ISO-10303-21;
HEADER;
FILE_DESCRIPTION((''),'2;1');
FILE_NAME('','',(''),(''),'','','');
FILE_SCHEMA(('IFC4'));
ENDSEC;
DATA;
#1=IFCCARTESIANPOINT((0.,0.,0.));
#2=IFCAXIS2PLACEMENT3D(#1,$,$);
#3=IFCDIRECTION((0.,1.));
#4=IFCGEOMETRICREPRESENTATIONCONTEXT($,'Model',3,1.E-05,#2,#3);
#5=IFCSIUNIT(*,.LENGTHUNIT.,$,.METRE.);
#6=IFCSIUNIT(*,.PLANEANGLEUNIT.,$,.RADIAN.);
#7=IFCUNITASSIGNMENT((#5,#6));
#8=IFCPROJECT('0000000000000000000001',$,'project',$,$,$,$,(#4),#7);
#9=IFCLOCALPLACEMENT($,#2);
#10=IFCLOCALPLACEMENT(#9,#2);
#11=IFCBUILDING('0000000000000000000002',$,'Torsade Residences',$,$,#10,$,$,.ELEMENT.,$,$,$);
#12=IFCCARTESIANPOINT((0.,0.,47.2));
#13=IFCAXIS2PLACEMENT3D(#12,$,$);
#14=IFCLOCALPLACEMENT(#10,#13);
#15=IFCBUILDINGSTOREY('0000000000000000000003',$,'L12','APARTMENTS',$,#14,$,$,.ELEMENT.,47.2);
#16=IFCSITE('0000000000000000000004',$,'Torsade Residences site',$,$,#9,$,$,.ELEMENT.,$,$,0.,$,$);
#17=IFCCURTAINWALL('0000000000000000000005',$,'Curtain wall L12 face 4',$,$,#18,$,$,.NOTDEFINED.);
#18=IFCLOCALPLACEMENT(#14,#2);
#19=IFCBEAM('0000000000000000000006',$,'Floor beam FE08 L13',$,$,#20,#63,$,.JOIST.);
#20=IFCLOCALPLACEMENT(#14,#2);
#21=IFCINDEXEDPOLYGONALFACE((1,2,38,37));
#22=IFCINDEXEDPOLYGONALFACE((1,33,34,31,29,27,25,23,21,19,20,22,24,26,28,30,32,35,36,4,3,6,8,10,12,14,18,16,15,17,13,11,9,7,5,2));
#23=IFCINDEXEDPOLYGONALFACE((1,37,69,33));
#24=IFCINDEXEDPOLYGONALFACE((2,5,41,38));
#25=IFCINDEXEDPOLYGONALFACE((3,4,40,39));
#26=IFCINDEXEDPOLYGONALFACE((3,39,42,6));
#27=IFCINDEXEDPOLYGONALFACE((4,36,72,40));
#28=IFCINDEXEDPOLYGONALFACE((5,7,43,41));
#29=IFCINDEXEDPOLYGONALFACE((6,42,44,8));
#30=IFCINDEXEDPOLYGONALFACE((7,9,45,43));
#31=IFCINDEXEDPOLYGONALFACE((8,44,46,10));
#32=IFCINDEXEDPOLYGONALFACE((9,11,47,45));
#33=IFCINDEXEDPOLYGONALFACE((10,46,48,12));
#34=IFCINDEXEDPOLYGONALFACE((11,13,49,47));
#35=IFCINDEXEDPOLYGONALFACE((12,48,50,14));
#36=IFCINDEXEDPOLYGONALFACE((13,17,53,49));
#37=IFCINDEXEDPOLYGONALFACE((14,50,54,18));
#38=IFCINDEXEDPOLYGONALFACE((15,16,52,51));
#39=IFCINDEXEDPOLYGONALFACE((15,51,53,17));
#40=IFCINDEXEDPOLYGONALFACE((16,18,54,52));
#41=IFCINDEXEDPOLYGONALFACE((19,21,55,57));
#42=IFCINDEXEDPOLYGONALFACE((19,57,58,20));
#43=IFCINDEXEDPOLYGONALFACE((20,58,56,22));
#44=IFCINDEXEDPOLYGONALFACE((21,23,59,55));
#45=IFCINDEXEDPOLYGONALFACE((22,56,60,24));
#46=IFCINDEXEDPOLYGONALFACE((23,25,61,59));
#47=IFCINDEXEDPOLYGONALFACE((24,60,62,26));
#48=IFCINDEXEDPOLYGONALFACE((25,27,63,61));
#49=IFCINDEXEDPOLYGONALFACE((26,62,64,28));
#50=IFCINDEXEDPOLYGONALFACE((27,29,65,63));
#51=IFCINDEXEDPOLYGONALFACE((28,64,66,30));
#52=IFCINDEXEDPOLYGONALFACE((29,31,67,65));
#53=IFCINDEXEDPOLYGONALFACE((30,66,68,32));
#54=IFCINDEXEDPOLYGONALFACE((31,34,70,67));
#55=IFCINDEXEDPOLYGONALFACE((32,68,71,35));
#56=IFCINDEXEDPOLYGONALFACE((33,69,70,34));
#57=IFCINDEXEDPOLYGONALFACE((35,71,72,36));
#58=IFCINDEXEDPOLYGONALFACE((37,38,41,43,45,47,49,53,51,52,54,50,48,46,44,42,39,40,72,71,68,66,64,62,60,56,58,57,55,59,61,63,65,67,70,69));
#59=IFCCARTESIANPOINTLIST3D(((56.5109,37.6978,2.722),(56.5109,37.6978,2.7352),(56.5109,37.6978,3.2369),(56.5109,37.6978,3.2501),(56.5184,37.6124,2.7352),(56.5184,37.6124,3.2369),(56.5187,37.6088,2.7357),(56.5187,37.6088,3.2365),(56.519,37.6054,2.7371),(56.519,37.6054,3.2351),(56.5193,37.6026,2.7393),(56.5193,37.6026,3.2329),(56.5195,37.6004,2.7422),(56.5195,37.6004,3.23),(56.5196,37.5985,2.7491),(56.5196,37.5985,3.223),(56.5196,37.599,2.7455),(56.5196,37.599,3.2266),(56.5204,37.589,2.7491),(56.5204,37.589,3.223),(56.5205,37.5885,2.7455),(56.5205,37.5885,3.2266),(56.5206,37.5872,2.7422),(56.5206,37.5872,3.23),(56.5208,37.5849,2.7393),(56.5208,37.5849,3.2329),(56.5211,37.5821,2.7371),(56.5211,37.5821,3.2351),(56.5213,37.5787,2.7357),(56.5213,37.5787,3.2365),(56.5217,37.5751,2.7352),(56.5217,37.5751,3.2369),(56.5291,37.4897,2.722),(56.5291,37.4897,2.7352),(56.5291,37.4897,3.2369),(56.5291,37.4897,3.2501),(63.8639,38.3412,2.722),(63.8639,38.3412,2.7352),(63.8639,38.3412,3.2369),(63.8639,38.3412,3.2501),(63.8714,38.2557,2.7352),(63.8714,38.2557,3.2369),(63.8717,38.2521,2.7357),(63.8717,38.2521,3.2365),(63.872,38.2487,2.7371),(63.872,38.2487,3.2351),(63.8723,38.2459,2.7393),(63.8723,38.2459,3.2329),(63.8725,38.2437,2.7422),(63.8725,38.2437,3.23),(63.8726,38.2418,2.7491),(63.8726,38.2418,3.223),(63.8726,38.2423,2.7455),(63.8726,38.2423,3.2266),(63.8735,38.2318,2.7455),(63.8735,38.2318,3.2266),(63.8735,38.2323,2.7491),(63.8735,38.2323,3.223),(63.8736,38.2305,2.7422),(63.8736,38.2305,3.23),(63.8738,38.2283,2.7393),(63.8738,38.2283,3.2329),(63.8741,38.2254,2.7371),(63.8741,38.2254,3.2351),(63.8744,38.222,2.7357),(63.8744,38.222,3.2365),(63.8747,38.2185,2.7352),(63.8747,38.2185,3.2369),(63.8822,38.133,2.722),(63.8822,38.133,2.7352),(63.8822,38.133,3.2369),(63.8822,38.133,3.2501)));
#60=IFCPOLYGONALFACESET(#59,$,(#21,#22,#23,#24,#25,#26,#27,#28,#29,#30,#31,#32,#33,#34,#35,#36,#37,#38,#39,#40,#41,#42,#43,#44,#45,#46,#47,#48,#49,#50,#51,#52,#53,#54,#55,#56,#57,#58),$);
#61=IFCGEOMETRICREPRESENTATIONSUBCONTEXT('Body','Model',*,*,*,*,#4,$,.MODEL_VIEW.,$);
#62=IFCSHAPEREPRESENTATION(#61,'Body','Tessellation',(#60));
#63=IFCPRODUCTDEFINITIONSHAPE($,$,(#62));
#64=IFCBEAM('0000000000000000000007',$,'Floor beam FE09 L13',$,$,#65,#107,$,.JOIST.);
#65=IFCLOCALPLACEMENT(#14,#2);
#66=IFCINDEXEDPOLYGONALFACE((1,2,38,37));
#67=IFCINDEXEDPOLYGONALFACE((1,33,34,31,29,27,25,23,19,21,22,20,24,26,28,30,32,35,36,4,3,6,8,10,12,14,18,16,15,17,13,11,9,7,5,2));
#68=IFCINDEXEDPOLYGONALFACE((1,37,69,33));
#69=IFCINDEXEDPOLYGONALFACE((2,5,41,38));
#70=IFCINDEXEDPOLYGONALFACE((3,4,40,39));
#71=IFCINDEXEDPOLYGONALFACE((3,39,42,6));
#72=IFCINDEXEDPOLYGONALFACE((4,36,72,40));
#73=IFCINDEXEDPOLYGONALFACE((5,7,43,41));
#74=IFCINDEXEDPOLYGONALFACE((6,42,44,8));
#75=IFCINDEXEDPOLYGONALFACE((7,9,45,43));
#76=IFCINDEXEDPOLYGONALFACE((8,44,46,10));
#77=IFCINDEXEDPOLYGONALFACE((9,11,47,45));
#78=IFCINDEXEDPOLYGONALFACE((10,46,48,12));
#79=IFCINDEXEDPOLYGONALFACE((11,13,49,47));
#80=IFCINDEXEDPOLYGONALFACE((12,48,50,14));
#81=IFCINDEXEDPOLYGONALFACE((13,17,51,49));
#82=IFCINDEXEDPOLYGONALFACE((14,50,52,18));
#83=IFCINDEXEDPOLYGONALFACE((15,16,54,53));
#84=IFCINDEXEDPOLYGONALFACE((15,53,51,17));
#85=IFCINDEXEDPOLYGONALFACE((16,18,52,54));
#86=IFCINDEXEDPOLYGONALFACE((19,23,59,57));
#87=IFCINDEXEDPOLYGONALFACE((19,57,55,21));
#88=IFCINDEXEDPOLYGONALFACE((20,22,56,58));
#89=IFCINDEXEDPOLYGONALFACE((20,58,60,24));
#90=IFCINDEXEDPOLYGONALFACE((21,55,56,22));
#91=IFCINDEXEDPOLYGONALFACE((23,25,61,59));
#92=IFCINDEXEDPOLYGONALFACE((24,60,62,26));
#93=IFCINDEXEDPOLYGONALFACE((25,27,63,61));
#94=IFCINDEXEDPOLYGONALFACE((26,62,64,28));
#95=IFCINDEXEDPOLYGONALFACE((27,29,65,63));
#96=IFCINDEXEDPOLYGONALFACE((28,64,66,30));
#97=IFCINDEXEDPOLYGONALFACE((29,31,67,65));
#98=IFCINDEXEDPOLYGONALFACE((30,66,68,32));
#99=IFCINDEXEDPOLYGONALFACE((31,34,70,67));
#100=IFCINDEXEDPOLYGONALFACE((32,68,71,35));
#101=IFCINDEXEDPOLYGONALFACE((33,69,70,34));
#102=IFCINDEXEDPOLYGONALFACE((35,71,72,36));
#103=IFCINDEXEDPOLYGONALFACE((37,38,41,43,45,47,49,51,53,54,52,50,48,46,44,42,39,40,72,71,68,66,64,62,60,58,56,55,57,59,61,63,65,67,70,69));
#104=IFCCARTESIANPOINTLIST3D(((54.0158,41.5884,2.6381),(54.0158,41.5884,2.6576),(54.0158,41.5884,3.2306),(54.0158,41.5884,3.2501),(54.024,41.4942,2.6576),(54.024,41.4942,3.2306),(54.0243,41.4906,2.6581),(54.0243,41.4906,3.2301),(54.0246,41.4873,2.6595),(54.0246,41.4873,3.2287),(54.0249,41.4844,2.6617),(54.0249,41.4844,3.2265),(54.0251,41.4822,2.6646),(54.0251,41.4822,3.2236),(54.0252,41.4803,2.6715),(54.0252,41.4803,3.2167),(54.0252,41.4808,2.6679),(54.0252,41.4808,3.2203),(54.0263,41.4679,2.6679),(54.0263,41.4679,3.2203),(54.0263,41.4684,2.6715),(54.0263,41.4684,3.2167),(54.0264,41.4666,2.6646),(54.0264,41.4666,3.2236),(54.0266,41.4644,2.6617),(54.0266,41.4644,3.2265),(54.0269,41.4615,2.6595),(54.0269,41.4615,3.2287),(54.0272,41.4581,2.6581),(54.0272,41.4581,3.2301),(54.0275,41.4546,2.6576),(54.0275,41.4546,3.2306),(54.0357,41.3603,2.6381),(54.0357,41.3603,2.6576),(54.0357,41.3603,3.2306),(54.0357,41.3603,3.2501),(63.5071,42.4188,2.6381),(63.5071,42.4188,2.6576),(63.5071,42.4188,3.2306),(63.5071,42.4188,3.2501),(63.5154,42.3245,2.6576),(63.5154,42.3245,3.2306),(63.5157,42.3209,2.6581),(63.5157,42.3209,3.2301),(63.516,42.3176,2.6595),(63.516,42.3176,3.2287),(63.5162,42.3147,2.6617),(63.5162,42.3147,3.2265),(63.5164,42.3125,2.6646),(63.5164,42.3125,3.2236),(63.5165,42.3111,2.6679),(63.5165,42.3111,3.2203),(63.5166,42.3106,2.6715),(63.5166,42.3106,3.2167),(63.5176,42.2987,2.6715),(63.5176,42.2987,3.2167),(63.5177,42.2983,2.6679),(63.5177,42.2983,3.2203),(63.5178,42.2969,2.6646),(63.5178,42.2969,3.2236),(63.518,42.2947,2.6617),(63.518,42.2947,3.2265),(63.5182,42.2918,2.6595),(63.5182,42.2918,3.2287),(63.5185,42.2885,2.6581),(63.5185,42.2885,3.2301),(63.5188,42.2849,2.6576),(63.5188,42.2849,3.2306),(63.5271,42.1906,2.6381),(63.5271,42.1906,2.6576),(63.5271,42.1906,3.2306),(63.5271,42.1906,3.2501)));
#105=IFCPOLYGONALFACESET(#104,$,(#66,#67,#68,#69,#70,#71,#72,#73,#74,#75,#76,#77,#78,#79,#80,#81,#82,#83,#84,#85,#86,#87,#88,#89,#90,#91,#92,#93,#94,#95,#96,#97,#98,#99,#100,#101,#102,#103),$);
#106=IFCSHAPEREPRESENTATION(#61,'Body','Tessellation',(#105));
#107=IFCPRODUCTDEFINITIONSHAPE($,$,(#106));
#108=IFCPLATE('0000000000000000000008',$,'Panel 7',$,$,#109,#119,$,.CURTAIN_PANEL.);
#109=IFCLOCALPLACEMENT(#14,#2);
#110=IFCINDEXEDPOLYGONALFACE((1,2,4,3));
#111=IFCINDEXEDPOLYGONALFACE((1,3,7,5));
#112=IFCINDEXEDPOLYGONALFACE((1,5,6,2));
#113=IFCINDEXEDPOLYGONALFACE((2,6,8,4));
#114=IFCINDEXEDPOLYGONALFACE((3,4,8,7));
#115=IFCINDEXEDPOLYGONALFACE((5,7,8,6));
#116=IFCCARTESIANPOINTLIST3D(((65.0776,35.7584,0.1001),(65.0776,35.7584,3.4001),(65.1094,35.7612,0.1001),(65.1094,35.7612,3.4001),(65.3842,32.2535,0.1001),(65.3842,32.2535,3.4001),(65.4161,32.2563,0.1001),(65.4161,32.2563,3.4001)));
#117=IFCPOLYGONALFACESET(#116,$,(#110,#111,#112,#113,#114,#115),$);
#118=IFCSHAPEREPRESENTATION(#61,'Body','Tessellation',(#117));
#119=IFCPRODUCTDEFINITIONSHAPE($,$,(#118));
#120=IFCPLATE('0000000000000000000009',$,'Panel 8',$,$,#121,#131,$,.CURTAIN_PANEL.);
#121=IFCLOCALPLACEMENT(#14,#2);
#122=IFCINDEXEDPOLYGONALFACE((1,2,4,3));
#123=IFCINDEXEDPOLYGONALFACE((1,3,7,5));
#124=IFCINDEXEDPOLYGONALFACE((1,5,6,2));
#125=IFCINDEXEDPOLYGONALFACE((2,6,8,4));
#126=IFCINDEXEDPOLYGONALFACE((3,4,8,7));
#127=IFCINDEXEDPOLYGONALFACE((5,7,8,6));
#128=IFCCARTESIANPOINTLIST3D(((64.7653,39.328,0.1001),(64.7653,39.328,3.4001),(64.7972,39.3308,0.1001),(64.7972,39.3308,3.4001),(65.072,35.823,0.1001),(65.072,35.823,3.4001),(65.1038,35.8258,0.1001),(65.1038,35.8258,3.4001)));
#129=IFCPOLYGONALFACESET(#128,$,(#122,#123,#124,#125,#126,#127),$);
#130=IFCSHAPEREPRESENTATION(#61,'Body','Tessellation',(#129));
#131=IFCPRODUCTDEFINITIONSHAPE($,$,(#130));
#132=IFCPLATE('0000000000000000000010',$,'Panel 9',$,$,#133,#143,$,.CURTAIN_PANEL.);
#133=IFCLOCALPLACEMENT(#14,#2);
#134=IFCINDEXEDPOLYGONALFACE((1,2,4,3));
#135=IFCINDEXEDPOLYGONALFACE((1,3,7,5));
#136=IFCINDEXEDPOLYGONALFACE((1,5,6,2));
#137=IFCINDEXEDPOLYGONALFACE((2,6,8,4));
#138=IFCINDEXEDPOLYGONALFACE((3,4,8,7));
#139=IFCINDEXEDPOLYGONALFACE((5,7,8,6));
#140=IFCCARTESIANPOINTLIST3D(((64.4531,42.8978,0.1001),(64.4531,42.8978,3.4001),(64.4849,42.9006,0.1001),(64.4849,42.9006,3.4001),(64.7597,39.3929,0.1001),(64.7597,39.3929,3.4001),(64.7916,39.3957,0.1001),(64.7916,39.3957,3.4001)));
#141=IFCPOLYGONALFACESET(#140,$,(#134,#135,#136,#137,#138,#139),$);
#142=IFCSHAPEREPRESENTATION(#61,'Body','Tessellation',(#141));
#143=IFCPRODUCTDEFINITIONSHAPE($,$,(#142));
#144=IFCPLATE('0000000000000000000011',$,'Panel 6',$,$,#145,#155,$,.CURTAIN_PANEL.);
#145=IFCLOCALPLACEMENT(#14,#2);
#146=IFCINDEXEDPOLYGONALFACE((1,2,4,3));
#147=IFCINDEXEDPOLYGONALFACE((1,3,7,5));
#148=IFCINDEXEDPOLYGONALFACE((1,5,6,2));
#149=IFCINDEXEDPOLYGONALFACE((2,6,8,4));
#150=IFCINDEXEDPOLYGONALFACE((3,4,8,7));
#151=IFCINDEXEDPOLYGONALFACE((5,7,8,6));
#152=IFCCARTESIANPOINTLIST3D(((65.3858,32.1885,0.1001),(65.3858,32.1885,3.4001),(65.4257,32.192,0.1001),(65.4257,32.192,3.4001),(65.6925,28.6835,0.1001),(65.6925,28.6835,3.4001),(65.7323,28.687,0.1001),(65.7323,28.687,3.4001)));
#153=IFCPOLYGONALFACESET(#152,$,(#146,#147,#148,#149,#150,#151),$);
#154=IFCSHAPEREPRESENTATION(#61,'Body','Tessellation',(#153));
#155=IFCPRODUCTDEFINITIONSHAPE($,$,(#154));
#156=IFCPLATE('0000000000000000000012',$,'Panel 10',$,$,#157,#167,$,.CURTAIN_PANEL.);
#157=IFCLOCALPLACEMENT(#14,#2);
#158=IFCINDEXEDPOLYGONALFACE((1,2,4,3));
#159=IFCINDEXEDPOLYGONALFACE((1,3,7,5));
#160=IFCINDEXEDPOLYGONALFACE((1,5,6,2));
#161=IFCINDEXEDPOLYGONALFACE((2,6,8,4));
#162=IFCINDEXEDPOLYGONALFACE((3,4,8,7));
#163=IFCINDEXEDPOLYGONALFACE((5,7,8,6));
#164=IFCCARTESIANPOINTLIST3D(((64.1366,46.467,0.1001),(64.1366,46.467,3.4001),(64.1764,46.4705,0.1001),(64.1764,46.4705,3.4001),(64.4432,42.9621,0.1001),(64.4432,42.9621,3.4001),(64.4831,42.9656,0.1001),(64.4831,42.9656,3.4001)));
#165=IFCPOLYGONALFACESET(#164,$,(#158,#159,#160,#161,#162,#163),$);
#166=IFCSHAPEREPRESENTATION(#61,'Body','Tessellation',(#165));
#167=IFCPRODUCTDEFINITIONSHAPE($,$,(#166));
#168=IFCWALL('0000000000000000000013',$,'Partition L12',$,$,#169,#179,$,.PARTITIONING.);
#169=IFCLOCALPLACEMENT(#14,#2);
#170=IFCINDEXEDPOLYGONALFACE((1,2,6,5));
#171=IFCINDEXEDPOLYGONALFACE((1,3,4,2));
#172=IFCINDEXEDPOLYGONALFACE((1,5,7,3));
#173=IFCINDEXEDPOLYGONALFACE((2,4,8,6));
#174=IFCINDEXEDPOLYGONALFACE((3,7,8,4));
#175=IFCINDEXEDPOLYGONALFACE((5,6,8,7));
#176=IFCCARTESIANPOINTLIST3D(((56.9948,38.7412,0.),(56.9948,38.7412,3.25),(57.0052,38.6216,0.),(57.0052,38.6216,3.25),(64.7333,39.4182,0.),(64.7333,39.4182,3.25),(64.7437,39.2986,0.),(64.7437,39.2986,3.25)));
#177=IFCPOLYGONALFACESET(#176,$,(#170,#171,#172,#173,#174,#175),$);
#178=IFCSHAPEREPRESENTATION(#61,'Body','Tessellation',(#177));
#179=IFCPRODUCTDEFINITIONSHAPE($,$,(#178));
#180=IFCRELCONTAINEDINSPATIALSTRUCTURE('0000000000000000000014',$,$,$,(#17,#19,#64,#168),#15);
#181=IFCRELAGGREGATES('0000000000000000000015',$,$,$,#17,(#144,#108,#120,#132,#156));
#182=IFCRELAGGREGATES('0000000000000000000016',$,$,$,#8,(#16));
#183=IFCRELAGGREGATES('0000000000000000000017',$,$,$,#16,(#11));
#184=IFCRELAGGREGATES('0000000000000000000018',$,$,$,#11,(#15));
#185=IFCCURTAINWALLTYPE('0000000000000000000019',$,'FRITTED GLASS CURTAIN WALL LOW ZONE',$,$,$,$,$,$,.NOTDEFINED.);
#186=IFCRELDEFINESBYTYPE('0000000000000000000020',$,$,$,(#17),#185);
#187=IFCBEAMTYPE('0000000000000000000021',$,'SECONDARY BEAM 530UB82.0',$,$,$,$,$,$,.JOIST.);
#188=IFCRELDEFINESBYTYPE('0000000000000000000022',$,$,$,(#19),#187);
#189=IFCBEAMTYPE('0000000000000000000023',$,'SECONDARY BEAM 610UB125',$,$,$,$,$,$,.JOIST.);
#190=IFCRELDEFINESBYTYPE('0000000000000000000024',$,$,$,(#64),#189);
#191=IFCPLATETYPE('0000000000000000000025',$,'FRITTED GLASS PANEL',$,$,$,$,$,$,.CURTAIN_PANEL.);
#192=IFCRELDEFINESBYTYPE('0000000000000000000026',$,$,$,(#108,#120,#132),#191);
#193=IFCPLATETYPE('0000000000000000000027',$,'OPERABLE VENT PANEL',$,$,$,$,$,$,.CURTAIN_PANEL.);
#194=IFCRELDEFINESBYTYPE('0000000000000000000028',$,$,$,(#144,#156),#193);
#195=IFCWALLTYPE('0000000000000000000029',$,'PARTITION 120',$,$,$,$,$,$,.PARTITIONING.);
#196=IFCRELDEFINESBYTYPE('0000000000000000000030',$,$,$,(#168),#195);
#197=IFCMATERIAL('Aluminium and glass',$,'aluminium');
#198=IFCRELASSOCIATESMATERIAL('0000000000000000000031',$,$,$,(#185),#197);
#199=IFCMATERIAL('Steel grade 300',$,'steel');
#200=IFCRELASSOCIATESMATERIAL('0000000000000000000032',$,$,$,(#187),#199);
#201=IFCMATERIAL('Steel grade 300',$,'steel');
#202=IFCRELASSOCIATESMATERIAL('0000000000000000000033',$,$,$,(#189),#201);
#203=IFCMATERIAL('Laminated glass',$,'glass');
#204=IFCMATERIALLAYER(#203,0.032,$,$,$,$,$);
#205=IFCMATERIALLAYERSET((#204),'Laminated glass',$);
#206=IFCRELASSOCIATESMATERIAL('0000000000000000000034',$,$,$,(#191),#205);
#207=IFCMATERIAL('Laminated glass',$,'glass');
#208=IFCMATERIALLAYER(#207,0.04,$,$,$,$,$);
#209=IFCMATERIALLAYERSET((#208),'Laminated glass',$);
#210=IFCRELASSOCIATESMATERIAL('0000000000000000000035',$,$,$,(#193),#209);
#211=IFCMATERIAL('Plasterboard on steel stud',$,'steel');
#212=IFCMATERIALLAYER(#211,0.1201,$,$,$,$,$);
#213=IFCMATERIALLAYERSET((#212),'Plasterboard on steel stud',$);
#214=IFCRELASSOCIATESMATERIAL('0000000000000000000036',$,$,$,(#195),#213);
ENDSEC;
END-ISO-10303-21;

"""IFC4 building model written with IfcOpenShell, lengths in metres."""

from ifc_helpers import new_model, si_unit, direction, frame, frame_2d, origin, origin_2d, place, context, subcontext, project, spatial, rectangle, i_section, extrude, material, layer, layer_set, material_profile, profile_set, type_object, element, aggregate, save


model = new_model("IFC4")

# Units and contexts
model_context = context("Model", 3, precision=1e-05, world=origin(), true_north=direction((0.0, 1.0)))
body_context = subcontext(model_context, "Body", "Model", "MODEL_VIEW")
ifc_project = project(units=[si_unit("LENGTHUNIT", "METRE"), si_unit("PLANEANGLEUNIT", "RADIAN")], contexts=[model_context])

# Site, building, storey
site_placement = place(None, origin())
site = spatial("IfcSite", under=ifc_project, at=site_placement, Name="Torsade Residences site", CompositionType="ELEMENT", RefElevation=0.0)
building_placement = place(site_placement, origin())
building = spatial("IfcBuilding", under=site, at=building_placement, Name="Torsade Residences", CompositionType="ELEMENT")
storey_placement = place(building_placement, frame((0.0, 0.0, 47.2)))
storey = spatial("IfcBuildingStorey", under=building, at=storey_placement, Name="L12", Description="APARTMENTS", CompositionType="ELEMENT", Elevation=47.2)

# Curtain wall
ifc_material_1 = material(Name="Aluminium and glass", Category="aluminium")
curtain_wall_type = type_object("IfcCurtainWallType", Name="FRITTED GLASS CURTAIN WALL LOW ZONE", PredefinedType="NOTDEFINED", material=ifc_material_1)
curtain_wall_placement = place(storey_placement, origin())
curtain_wall = element("IfcCurtainWall", 1, at=curtain_wall_placement, inside=storey, type_object=curtain_wall_type, Name="Curtain wall L12 face 4", PredefinedType="NOTDEFINED")

# Beams
ifc_material_2 = material(Name="Steel grade 300", Category="steel")
ifc_material_profile_1 = material_profile(ifc_material_2, i_section(OverallWidth=0.209, OverallDepth=0.5281, WebThickness=0.0095, FlangeThickness=0.0132, FilletRadius=0.0139, at=origin_2d()), Name="530UB82.0")
ifc_profile_set_1 = profile_set([ifc_material_profile_1], Name="Steel grade 300")
beam_type_1 = type_object("IfcBeamType", Name="SECONDARY BEAM 530UB82.0", PredefinedType="JOIST", material=ifc_profile_set_1)
beam_1_placement = place(storey_placement, frame((63.873, 38.2371, 2.9861), z_axis=(-0.996195, -0.087156, 0.0), x_axis=(0.087156, -0.996195, 0.0)))
element("IfcBeam", 2, at=beam_1_placement, inside=storey, type_object=beam_type_1, Name="Floor beam FE08 L13", PredefinedType="JOIST", context=body_context, shape_type="SweptSolid", body=[
    extrude(i_section(OverallWidth=0.209, OverallDepth=0.5281, WebThickness=0.0095, FlangeThickness=0.0132, FilletRadius=0.0139, at=origin_2d()), origin(), (0.0, 0.0, 1.0), 7.3811),
])
ifc_material_3 = material(Name="Steel grade 300", Category="steel")
ifc_material_profile_2 = material_profile(ifc_material_3, i_section(OverallWidth=0.229, OverallDepth=0.6121, WebThickness=0.012, FlangeThickness=0.0195, FilletRadius=0.0139, at=origin_2d()), Name="610UB125")
ifc_profile_set_2 = profile_set([ifc_material_profile_2], Name="Steel grade 300")
beam_type_2 = type_object("IfcBeamType", Name="SECONDARY BEAM 610UB125", PredefinedType="JOIST", material=ifc_profile_set_2)
beam_2_placement = place(storey_placement, frame((63.5171, 42.3047, 2.9441), z_axis=(-0.996195, -0.087148, 0.0), x_axis=(0.087148, -0.996195, 0.0)))
element("IfcBeam", 3, at=beam_2_placement, inside=storey, type_object=beam_type_2, Name="Floor beam FE09 L13", PredefinedType="JOIST", context=body_context, shape_type="SweptSolid", body=[
    extrude(i_section(OverallWidth=0.229, OverallDepth=0.6121, WebThickness=0.012, FlangeThickness=0.0195, FilletRadius=0.0139, at=origin_2d()), origin(), (0.0, 0.0, 1.0), 9.5276),
])

# Plates
ifc_material_4 = material(Name="Laminated glass", Category="glass")
ifc_layer_1 = layer(ifc_material_4, 0.032)
ifc_layer_set_1 = layer_set([ifc_layer_1], Name="Laminated glass")
plate_type_1 = type_object("IfcPlateType", Name="FRITTED GLASS PANEL", PredefinedType="CURTAIN_PANEL", material=ifc_layer_set_1)
plate_1_placement = place(storey_placement, frame((65.2468, 34.0073, 0.1001), z_axis=(0.0, 0.0, 1.0), x_axis=(-0.087156, 0.996195, 0.0)))
plate_1 = element("IfcPlate", 4, at=plate_1_placement, type_object=plate_type_1, Name="Panel 7", PredefinedType="CURTAIN_PANEL", context=body_context, shape_type="SweptSolid", body=[
    extrude(rectangle(XDim=3.5183, YDim=0.032, at=origin_2d()), origin(), (0.0, 0.0, 1.0), 3.3),
])
plate_2_placement = place(storey_placement, frame((64.9346, 37.5769, 0.1001), z_axis=(0.0, 0.0, 1.0), x_axis=(-0.087156, 0.996195, 0.0)))
plate_2 = element("IfcPlate", 5, at=plate_2_placement, type_object=plate_type_1, Name="Panel 8", PredefinedType="CURTAIN_PANEL", context=body_context, shape_type="SweptSolid", body=[
    extrude(rectangle(XDim=3.5183, YDim=0.032, at=origin_2d()), origin(), (0.0, 0.0, 1.0), 3.3),
])
plate_3_placement = place(storey_placement, frame((64.6223, 41.1467, 0.1001), z_axis=(0.0, 0.0, 1.0), x_axis=(-0.087156, 0.996195, 0.0)))
plate_3 = element("IfcPlate", 6, at=plate_3_placement, type_object=plate_type_1, Name="Panel 9", PredefinedType="CURTAIN_PANEL", context=body_context, shape_type="SweptSolid", body=[
    extrude(rectangle(XDim=3.5183, YDim=0.032, at=origin_2d()), origin(), (0.0, 0.0, 1.0), 3.3),
])
ifc_material_5 = material(Name="Laminated glass", Category="glass")
ifc_layer_2 = layer(ifc_material_5, 0.04)
ifc_layer_set_2 = layer_set([ifc_layer_2], Name="Laminated glass")
plate_type_2 = type_object("IfcPlateType", Name="OPERABLE VENT PANEL", PredefinedType="CURTAIN_PANEL", material=ifc_layer_set_2)
plate_4_placement = place(storey_placement, frame((65.5591, 30.4377, 0.1001), z_axis=(0.0, 0.0, 1.0), x_axis=(-0.087156, 0.996195, 0.0)))
plate_4 = element("IfcPlate", 7, at=plate_4_placement, type_object=plate_type_2, Name="Panel 6", PredefinedType="CURTAIN_PANEL", context=body_context, shape_type="SweptSolid", body=[
    extrude(rectangle(XDim=3.5183, YDim=0.04, at=origin_2d()), origin(), (0.0, 0.0, 1.0), 3.3),
])
plate_5_placement = place(storey_placement, frame((64.3098, 44.7163, 0.1001), z_axis=(0.0, 0.0, 1.0), x_axis=(-0.087156, 0.996195, 0.0)))
plate_5 = element("IfcPlate", 8, at=plate_5_placement, type_object=plate_type_2, Name="Panel 10", PredefinedType="CURTAIN_PANEL", context=body_context, shape_type="SweptSolid", body=[
    extrude(rectangle(XDim=3.5183, YDim=0.04, at=origin_2d()), origin(), (0.0, 0.0, 1.0), 3.3),
])
aggregate(curtain_wall, [plate_4, plate_1, plate_2, plate_3, plate_5])

# Wall
ifc_material_6 = material(Name="Plasterboard on steel stud", Category="steel")
ifc_layer_3 = layer(ifc_material_6, 0.1201)
ifc_layer_set_3 = layer_set([ifc_layer_3], Name="Plasterboard on steel stud")
wall_type_1 = type_object("IfcWallType", Name="PARTITION 120", PredefinedType="PARTITIONING", material=ifc_layer_set_3)
wall_1_placement = place(storey_placement, frame((57.0, 38.6814, 0.0), z_axis=(0.0, 0.0, 1.0), x_axis=(0.996195, 0.087152, 0.0)))
element("IfcWall", 9, at=wall_1_placement, inside=storey, type_object=wall_type_1, Name="Partition L12", PredefinedType="PARTITIONING", context=body_context, shape_type="SweptSolid", body=[
    extrude(rectangle(XDim=7.7681, YDim=0.1201, at=frame_2d((3.884, 0.0))), origin(), (0.0, 0.0, 1.0), 3.25),
])

save(model, "model.ifc")
